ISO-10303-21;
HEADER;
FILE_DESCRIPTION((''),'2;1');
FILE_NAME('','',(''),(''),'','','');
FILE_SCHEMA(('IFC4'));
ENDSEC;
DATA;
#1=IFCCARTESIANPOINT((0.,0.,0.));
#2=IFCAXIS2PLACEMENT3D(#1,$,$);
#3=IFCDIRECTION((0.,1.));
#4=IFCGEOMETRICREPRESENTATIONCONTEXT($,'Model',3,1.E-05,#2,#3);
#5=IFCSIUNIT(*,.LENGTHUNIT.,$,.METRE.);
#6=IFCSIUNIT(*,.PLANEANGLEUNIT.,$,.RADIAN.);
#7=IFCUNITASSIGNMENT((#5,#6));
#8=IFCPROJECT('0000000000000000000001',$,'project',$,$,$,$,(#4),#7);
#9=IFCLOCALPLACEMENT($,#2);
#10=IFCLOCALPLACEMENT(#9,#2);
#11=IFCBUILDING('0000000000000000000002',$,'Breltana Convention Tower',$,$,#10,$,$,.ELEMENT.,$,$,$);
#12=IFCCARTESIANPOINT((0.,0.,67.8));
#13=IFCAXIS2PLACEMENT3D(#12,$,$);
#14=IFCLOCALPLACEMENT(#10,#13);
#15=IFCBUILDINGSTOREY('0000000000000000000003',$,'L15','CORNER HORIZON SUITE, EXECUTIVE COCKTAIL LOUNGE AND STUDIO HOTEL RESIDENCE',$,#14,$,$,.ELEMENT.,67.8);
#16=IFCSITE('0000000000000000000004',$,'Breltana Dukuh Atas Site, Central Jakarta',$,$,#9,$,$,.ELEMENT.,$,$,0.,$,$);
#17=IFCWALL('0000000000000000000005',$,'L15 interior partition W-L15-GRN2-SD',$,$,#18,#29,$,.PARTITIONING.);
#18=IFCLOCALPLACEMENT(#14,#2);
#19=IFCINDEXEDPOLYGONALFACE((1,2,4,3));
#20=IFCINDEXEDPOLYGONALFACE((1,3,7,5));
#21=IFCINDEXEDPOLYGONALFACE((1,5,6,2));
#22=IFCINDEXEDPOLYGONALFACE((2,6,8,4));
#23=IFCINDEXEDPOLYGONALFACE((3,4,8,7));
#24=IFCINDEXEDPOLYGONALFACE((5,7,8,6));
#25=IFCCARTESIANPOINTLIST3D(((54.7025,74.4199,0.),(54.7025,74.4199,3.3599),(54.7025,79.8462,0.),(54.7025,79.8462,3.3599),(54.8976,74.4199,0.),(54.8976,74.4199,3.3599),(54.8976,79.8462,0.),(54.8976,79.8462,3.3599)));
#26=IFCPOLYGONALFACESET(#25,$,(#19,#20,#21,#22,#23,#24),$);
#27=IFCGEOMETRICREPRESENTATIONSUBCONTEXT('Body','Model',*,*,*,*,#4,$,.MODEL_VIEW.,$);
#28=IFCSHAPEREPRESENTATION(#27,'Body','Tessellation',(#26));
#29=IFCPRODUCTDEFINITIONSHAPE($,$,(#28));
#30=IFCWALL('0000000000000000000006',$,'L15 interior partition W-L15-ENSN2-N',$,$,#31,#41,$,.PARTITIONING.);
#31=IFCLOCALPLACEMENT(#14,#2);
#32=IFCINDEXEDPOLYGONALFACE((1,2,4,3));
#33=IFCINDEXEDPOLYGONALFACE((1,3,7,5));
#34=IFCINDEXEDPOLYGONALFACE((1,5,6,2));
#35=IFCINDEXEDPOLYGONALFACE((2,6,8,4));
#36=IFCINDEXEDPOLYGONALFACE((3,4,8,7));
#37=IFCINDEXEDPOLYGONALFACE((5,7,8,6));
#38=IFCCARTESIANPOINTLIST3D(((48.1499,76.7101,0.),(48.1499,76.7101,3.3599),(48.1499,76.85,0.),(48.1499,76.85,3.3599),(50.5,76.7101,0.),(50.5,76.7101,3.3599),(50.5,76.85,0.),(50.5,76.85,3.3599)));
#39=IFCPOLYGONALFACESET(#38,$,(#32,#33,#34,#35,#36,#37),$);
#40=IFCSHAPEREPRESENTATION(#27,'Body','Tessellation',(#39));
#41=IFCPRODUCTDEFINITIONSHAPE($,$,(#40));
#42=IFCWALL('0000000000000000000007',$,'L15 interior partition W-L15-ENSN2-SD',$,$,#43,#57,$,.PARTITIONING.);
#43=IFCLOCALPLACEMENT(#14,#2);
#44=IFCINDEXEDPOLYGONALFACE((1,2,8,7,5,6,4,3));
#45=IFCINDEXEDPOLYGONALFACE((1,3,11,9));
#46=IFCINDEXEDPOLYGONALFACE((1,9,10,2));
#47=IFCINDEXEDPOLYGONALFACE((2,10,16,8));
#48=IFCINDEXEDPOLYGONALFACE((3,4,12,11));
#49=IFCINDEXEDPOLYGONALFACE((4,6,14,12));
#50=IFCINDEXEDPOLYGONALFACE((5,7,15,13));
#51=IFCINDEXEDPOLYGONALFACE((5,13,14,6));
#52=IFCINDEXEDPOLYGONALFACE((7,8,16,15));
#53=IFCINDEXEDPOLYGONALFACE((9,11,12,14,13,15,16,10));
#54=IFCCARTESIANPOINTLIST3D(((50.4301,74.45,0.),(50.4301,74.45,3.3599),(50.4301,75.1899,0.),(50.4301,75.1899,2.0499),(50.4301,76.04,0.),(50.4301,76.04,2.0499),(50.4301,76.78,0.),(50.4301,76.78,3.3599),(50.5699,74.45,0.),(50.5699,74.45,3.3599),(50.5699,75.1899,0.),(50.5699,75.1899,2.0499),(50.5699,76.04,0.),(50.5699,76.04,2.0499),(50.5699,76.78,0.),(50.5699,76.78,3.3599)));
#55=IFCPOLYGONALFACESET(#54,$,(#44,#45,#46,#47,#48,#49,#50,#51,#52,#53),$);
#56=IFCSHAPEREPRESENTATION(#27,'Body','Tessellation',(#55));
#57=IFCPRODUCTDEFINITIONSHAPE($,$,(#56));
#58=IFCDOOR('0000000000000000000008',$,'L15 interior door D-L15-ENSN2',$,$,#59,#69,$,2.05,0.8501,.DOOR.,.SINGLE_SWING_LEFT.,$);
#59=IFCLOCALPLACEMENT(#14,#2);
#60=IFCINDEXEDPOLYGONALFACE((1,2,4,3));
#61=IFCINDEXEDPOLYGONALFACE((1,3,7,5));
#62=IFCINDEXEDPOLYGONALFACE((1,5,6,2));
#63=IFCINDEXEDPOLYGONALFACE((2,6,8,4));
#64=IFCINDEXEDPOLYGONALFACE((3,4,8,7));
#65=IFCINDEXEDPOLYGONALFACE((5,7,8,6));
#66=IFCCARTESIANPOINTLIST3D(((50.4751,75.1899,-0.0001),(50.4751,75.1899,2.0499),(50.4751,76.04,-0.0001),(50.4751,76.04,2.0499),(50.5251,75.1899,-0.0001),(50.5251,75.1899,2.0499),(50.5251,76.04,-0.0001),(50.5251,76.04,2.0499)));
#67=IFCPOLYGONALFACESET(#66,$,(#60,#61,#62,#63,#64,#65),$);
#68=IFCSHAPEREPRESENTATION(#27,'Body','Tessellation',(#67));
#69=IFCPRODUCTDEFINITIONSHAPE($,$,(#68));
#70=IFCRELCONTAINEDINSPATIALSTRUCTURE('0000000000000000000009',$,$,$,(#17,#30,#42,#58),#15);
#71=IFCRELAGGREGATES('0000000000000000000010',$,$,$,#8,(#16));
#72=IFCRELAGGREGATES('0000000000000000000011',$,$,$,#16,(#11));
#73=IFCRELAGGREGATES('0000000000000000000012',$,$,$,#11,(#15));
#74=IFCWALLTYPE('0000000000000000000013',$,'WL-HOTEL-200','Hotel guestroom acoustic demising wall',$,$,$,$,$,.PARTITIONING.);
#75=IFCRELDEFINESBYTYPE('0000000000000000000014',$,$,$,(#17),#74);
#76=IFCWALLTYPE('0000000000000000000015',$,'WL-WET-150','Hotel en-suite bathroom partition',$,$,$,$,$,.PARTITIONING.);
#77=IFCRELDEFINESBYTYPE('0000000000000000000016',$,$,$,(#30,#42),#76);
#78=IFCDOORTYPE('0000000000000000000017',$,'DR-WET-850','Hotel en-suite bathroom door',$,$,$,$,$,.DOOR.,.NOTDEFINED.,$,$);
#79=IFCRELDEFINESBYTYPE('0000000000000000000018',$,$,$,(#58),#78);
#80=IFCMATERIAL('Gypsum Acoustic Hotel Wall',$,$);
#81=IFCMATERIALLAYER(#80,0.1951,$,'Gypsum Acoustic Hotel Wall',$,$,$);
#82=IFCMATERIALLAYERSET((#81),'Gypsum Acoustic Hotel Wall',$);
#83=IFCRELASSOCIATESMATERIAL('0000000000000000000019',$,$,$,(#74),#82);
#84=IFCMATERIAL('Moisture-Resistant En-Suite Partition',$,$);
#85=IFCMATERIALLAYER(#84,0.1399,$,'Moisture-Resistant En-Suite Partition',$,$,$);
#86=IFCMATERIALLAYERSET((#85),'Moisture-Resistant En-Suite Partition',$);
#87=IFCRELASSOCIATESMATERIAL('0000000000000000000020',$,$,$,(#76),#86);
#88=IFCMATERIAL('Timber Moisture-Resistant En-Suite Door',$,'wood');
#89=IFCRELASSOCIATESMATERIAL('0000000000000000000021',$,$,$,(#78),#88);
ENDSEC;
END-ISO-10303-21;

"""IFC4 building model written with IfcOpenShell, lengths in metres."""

from ifc_helpers import new_model, si_unit, direction, frame, frame_2d, origin, place, context, subcontext, project, spatial, rectangle, extrude, source, transform, mapped, material, layer, layer_set, type_object, type_shapes, element, fill, save


model = new_model("IFC4")

# Units and contexts
model_context = context("Model", 3, precision=1e-05, world=origin(), true_north=direction((0.0, 1.0)))
body_context = subcontext(model_context, "Body", "Model", "MODEL_VIEW")
ifc_project = project(units=[si_unit("LENGTHUNIT", "METRE"), si_unit("PLANEANGLEUNIT", "RADIAN")], contexts=[model_context])

# Site, building, storey
site_placement = place(None, origin())
site = spatial("IfcSite", under=ifc_project, at=site_placement, Name="Breltana Dukuh Atas Site, Central Jakarta", CompositionType="ELEMENT", RefElevation=0.0)
building_placement = place(site_placement, origin())
building = spatial("IfcBuilding", under=site, at=building_placement, Name="Breltana Convention Tower", CompositionType="ELEMENT")
storey_placement = place(building_placement, frame((0.0, 0.0, 67.8)))
storey = spatial("IfcBuildingStorey", under=building, at=storey_placement, Name="L15", Description="CORNER HORIZON SUITE, EXECUTIVE COCKTAIL LOUNGE AND STUDIO HOTEL RESIDENCE", CompositionType="ELEMENT", Elevation=67.8)

# Shared definitions
ifc_material_1 = material(Name="Gypsum Acoustic Hotel Wall")
ifc_layer_1 = layer(ifc_material_1, 0.1951, Name="Gypsum Acoustic Hotel Wall")
ifc_layer_set_1 = layer_set([ifc_layer_1], Name="Gypsum Acoustic Hotel Wall")
wall_type_1 = type_object("IfcWallType", Name="WL-HOTEL-200", Description="Hotel guestroom acoustic demising wall", PredefinedType="PARTITIONING", material=ifc_layer_set_1)

# Walls
shared_shape_1 = source(origin(), body_context, "Body", "SweptSolid", [
    extrude(rectangle(XDim=5.4263, YDim=0.1951, at=frame_2d((2.7131, 0.0))), origin(), (0.0, 0.0, 1.0), 3.3599),
])
wall_1_placement = place(storey_placement, frame((54.8, 74.4199, 0.0), z_axis=(0.0, 0.0, 1.0), x_axis=(0.0, 1.0, 0.0)))
element("IfcWall", 1, at=wall_1_placement, inside=storey, type_object=wall_type_1, Name="L15 interior partition W-L15-GRN2-SD", PredefinedType="PARTITIONING", context=body_context, shape_type="MappedRepresentation", body=[
    mapped(shared_shape_1, transform((0.0, 0.0, 0.0), scale=1.0)),
])
ifc_material_2 = material(Name="Moisture-Resistant En-Suite Partition")
ifc_layer_2 = layer(ifc_material_2, 0.1399, Name="Moisture-Resistant En-Suite Partition")
ifc_layer_set_2 = layer_set([ifc_layer_2], Name="Moisture-Resistant En-Suite Partition")
wall_type_2 = type_object("IfcWallType", Name="WL-WET-150", Description="Hotel en-suite bathroom partition", PredefinedType="PARTITIONING", material=ifc_layer_set_2)
shared_shape_2 = source(origin(), body_context, "Body", "SweptSolid", [
    extrude(rectangle(XDim=2.3501, YDim=0.1399, at=frame_2d((1.175, 0.0))), origin(), (0.0, 0.0, 1.0), 3.3599),
])
wall_2_placement = place(storey_placement, frame((48.1499, 76.78, 0.0), z_axis=(0.0, 0.0, 1.0), x_axis=(1.0, 0.0, 0.0)))
element("IfcWall", 2, at=wall_2_placement, inside=storey, type_object=wall_type_2, Name="L15 interior partition W-L15-ENSN2-N", PredefinedType="PARTITIONING", context=body_context, shape_type="MappedRepresentation", body=[
    mapped(shared_shape_2, transform((0.0, 0.0, 0.0), scale=1.0)),
])

# Wall, opening, door
shared_shape_3 = source(origin(), body_context, "Body", "SweptSolid", [
    extrude(rectangle(XDim=2.3301, YDim=0.1399, at=frame_2d((1.165, 0.0))), origin(), (0.0, 0.0, 1.0), 3.3599),
])
wall_3_placement = place(storey_placement, frame((50.5, 74.45, 0.0), z_axis=(0.0, 0.0, 1.0), x_axis=(0.0, 1.0, 0.0)))
wall_3 = element("IfcWall", 3, at=wall_3_placement, inside=storey, type_object=wall_type_2, Name="L15 interior partition W-L15-ENSN2-SD", PredefinedType="PARTITIONING", context=body_context, shape_type="MappedRepresentation", body=[
    mapped(shared_shape_3, transform((0.0, 0.0, 0.0), scale=1.0)),
])
opening_1_placement = place(wall_3_placement, frame((0.74, 0.0, 0.0)))
opening_1 = element("IfcOpeningElement", 4, at=opening_1_placement, cuts=wall_3, PredefinedType="OPENING", context=body_context, shape_type="SweptSolid", body=[
    extrude(rectangle(XDim=0.8501, YDim=2.05, at=frame_2d((0.425, 1.0249))), frame((0.0, 0.0801, 0.0), z_axis=(0.0, -1.0, 0.0), x_axis=(1.0, 0.0, 0.0)), (0.0, 0.0, 1.0), 0.1599),
])
ifc_material_3 = material(Name="Timber Moisture-Resistant En-Suite Door", Category="wood")
door_type_1 = type_object("IfcDoorType", Name="DR-WET-850", Description="Hotel en-suite bathroom door", OperationType="NOTDEFINED", PredefinedType="DOOR", material=ifc_material_3)
shared_shape_4 = source(origin(), body_context, "Body", "SweptSolid", [
    extrude(rectangle(XDim=0.8501, YDim=2.05, at=frame_2d((0.425, 1.0249))), frame((0.0, 0.0249, 0.0), z_axis=(0.0, -1.0, 0.0), x_axis=(1.0, 0.0, 0.0)), (0.0, 0.0, 1.0), 0.05),
])
type_shapes(door_type_1, [shared_shape_4])
door_1_placement = place(opening_1_placement, origin())
door_1 = element("IfcDoor", 5, at=door_1_placement, inside=storey, type_object=door_type_1, Name="L15 interior door D-L15-ENSN2", OperationType="SINGLE_SWING_LEFT", OverallHeight=2.05, OverallWidth=0.8501, PredefinedType="DOOR", context=body_context, shape_type="MappedRepresentation", body=[
    mapped(shared_shape_4, transform((0.0, 0.0, 0.0), scale=1.0)),
])
fill(opening_1, door_1)

save(model, "model.ifc")
